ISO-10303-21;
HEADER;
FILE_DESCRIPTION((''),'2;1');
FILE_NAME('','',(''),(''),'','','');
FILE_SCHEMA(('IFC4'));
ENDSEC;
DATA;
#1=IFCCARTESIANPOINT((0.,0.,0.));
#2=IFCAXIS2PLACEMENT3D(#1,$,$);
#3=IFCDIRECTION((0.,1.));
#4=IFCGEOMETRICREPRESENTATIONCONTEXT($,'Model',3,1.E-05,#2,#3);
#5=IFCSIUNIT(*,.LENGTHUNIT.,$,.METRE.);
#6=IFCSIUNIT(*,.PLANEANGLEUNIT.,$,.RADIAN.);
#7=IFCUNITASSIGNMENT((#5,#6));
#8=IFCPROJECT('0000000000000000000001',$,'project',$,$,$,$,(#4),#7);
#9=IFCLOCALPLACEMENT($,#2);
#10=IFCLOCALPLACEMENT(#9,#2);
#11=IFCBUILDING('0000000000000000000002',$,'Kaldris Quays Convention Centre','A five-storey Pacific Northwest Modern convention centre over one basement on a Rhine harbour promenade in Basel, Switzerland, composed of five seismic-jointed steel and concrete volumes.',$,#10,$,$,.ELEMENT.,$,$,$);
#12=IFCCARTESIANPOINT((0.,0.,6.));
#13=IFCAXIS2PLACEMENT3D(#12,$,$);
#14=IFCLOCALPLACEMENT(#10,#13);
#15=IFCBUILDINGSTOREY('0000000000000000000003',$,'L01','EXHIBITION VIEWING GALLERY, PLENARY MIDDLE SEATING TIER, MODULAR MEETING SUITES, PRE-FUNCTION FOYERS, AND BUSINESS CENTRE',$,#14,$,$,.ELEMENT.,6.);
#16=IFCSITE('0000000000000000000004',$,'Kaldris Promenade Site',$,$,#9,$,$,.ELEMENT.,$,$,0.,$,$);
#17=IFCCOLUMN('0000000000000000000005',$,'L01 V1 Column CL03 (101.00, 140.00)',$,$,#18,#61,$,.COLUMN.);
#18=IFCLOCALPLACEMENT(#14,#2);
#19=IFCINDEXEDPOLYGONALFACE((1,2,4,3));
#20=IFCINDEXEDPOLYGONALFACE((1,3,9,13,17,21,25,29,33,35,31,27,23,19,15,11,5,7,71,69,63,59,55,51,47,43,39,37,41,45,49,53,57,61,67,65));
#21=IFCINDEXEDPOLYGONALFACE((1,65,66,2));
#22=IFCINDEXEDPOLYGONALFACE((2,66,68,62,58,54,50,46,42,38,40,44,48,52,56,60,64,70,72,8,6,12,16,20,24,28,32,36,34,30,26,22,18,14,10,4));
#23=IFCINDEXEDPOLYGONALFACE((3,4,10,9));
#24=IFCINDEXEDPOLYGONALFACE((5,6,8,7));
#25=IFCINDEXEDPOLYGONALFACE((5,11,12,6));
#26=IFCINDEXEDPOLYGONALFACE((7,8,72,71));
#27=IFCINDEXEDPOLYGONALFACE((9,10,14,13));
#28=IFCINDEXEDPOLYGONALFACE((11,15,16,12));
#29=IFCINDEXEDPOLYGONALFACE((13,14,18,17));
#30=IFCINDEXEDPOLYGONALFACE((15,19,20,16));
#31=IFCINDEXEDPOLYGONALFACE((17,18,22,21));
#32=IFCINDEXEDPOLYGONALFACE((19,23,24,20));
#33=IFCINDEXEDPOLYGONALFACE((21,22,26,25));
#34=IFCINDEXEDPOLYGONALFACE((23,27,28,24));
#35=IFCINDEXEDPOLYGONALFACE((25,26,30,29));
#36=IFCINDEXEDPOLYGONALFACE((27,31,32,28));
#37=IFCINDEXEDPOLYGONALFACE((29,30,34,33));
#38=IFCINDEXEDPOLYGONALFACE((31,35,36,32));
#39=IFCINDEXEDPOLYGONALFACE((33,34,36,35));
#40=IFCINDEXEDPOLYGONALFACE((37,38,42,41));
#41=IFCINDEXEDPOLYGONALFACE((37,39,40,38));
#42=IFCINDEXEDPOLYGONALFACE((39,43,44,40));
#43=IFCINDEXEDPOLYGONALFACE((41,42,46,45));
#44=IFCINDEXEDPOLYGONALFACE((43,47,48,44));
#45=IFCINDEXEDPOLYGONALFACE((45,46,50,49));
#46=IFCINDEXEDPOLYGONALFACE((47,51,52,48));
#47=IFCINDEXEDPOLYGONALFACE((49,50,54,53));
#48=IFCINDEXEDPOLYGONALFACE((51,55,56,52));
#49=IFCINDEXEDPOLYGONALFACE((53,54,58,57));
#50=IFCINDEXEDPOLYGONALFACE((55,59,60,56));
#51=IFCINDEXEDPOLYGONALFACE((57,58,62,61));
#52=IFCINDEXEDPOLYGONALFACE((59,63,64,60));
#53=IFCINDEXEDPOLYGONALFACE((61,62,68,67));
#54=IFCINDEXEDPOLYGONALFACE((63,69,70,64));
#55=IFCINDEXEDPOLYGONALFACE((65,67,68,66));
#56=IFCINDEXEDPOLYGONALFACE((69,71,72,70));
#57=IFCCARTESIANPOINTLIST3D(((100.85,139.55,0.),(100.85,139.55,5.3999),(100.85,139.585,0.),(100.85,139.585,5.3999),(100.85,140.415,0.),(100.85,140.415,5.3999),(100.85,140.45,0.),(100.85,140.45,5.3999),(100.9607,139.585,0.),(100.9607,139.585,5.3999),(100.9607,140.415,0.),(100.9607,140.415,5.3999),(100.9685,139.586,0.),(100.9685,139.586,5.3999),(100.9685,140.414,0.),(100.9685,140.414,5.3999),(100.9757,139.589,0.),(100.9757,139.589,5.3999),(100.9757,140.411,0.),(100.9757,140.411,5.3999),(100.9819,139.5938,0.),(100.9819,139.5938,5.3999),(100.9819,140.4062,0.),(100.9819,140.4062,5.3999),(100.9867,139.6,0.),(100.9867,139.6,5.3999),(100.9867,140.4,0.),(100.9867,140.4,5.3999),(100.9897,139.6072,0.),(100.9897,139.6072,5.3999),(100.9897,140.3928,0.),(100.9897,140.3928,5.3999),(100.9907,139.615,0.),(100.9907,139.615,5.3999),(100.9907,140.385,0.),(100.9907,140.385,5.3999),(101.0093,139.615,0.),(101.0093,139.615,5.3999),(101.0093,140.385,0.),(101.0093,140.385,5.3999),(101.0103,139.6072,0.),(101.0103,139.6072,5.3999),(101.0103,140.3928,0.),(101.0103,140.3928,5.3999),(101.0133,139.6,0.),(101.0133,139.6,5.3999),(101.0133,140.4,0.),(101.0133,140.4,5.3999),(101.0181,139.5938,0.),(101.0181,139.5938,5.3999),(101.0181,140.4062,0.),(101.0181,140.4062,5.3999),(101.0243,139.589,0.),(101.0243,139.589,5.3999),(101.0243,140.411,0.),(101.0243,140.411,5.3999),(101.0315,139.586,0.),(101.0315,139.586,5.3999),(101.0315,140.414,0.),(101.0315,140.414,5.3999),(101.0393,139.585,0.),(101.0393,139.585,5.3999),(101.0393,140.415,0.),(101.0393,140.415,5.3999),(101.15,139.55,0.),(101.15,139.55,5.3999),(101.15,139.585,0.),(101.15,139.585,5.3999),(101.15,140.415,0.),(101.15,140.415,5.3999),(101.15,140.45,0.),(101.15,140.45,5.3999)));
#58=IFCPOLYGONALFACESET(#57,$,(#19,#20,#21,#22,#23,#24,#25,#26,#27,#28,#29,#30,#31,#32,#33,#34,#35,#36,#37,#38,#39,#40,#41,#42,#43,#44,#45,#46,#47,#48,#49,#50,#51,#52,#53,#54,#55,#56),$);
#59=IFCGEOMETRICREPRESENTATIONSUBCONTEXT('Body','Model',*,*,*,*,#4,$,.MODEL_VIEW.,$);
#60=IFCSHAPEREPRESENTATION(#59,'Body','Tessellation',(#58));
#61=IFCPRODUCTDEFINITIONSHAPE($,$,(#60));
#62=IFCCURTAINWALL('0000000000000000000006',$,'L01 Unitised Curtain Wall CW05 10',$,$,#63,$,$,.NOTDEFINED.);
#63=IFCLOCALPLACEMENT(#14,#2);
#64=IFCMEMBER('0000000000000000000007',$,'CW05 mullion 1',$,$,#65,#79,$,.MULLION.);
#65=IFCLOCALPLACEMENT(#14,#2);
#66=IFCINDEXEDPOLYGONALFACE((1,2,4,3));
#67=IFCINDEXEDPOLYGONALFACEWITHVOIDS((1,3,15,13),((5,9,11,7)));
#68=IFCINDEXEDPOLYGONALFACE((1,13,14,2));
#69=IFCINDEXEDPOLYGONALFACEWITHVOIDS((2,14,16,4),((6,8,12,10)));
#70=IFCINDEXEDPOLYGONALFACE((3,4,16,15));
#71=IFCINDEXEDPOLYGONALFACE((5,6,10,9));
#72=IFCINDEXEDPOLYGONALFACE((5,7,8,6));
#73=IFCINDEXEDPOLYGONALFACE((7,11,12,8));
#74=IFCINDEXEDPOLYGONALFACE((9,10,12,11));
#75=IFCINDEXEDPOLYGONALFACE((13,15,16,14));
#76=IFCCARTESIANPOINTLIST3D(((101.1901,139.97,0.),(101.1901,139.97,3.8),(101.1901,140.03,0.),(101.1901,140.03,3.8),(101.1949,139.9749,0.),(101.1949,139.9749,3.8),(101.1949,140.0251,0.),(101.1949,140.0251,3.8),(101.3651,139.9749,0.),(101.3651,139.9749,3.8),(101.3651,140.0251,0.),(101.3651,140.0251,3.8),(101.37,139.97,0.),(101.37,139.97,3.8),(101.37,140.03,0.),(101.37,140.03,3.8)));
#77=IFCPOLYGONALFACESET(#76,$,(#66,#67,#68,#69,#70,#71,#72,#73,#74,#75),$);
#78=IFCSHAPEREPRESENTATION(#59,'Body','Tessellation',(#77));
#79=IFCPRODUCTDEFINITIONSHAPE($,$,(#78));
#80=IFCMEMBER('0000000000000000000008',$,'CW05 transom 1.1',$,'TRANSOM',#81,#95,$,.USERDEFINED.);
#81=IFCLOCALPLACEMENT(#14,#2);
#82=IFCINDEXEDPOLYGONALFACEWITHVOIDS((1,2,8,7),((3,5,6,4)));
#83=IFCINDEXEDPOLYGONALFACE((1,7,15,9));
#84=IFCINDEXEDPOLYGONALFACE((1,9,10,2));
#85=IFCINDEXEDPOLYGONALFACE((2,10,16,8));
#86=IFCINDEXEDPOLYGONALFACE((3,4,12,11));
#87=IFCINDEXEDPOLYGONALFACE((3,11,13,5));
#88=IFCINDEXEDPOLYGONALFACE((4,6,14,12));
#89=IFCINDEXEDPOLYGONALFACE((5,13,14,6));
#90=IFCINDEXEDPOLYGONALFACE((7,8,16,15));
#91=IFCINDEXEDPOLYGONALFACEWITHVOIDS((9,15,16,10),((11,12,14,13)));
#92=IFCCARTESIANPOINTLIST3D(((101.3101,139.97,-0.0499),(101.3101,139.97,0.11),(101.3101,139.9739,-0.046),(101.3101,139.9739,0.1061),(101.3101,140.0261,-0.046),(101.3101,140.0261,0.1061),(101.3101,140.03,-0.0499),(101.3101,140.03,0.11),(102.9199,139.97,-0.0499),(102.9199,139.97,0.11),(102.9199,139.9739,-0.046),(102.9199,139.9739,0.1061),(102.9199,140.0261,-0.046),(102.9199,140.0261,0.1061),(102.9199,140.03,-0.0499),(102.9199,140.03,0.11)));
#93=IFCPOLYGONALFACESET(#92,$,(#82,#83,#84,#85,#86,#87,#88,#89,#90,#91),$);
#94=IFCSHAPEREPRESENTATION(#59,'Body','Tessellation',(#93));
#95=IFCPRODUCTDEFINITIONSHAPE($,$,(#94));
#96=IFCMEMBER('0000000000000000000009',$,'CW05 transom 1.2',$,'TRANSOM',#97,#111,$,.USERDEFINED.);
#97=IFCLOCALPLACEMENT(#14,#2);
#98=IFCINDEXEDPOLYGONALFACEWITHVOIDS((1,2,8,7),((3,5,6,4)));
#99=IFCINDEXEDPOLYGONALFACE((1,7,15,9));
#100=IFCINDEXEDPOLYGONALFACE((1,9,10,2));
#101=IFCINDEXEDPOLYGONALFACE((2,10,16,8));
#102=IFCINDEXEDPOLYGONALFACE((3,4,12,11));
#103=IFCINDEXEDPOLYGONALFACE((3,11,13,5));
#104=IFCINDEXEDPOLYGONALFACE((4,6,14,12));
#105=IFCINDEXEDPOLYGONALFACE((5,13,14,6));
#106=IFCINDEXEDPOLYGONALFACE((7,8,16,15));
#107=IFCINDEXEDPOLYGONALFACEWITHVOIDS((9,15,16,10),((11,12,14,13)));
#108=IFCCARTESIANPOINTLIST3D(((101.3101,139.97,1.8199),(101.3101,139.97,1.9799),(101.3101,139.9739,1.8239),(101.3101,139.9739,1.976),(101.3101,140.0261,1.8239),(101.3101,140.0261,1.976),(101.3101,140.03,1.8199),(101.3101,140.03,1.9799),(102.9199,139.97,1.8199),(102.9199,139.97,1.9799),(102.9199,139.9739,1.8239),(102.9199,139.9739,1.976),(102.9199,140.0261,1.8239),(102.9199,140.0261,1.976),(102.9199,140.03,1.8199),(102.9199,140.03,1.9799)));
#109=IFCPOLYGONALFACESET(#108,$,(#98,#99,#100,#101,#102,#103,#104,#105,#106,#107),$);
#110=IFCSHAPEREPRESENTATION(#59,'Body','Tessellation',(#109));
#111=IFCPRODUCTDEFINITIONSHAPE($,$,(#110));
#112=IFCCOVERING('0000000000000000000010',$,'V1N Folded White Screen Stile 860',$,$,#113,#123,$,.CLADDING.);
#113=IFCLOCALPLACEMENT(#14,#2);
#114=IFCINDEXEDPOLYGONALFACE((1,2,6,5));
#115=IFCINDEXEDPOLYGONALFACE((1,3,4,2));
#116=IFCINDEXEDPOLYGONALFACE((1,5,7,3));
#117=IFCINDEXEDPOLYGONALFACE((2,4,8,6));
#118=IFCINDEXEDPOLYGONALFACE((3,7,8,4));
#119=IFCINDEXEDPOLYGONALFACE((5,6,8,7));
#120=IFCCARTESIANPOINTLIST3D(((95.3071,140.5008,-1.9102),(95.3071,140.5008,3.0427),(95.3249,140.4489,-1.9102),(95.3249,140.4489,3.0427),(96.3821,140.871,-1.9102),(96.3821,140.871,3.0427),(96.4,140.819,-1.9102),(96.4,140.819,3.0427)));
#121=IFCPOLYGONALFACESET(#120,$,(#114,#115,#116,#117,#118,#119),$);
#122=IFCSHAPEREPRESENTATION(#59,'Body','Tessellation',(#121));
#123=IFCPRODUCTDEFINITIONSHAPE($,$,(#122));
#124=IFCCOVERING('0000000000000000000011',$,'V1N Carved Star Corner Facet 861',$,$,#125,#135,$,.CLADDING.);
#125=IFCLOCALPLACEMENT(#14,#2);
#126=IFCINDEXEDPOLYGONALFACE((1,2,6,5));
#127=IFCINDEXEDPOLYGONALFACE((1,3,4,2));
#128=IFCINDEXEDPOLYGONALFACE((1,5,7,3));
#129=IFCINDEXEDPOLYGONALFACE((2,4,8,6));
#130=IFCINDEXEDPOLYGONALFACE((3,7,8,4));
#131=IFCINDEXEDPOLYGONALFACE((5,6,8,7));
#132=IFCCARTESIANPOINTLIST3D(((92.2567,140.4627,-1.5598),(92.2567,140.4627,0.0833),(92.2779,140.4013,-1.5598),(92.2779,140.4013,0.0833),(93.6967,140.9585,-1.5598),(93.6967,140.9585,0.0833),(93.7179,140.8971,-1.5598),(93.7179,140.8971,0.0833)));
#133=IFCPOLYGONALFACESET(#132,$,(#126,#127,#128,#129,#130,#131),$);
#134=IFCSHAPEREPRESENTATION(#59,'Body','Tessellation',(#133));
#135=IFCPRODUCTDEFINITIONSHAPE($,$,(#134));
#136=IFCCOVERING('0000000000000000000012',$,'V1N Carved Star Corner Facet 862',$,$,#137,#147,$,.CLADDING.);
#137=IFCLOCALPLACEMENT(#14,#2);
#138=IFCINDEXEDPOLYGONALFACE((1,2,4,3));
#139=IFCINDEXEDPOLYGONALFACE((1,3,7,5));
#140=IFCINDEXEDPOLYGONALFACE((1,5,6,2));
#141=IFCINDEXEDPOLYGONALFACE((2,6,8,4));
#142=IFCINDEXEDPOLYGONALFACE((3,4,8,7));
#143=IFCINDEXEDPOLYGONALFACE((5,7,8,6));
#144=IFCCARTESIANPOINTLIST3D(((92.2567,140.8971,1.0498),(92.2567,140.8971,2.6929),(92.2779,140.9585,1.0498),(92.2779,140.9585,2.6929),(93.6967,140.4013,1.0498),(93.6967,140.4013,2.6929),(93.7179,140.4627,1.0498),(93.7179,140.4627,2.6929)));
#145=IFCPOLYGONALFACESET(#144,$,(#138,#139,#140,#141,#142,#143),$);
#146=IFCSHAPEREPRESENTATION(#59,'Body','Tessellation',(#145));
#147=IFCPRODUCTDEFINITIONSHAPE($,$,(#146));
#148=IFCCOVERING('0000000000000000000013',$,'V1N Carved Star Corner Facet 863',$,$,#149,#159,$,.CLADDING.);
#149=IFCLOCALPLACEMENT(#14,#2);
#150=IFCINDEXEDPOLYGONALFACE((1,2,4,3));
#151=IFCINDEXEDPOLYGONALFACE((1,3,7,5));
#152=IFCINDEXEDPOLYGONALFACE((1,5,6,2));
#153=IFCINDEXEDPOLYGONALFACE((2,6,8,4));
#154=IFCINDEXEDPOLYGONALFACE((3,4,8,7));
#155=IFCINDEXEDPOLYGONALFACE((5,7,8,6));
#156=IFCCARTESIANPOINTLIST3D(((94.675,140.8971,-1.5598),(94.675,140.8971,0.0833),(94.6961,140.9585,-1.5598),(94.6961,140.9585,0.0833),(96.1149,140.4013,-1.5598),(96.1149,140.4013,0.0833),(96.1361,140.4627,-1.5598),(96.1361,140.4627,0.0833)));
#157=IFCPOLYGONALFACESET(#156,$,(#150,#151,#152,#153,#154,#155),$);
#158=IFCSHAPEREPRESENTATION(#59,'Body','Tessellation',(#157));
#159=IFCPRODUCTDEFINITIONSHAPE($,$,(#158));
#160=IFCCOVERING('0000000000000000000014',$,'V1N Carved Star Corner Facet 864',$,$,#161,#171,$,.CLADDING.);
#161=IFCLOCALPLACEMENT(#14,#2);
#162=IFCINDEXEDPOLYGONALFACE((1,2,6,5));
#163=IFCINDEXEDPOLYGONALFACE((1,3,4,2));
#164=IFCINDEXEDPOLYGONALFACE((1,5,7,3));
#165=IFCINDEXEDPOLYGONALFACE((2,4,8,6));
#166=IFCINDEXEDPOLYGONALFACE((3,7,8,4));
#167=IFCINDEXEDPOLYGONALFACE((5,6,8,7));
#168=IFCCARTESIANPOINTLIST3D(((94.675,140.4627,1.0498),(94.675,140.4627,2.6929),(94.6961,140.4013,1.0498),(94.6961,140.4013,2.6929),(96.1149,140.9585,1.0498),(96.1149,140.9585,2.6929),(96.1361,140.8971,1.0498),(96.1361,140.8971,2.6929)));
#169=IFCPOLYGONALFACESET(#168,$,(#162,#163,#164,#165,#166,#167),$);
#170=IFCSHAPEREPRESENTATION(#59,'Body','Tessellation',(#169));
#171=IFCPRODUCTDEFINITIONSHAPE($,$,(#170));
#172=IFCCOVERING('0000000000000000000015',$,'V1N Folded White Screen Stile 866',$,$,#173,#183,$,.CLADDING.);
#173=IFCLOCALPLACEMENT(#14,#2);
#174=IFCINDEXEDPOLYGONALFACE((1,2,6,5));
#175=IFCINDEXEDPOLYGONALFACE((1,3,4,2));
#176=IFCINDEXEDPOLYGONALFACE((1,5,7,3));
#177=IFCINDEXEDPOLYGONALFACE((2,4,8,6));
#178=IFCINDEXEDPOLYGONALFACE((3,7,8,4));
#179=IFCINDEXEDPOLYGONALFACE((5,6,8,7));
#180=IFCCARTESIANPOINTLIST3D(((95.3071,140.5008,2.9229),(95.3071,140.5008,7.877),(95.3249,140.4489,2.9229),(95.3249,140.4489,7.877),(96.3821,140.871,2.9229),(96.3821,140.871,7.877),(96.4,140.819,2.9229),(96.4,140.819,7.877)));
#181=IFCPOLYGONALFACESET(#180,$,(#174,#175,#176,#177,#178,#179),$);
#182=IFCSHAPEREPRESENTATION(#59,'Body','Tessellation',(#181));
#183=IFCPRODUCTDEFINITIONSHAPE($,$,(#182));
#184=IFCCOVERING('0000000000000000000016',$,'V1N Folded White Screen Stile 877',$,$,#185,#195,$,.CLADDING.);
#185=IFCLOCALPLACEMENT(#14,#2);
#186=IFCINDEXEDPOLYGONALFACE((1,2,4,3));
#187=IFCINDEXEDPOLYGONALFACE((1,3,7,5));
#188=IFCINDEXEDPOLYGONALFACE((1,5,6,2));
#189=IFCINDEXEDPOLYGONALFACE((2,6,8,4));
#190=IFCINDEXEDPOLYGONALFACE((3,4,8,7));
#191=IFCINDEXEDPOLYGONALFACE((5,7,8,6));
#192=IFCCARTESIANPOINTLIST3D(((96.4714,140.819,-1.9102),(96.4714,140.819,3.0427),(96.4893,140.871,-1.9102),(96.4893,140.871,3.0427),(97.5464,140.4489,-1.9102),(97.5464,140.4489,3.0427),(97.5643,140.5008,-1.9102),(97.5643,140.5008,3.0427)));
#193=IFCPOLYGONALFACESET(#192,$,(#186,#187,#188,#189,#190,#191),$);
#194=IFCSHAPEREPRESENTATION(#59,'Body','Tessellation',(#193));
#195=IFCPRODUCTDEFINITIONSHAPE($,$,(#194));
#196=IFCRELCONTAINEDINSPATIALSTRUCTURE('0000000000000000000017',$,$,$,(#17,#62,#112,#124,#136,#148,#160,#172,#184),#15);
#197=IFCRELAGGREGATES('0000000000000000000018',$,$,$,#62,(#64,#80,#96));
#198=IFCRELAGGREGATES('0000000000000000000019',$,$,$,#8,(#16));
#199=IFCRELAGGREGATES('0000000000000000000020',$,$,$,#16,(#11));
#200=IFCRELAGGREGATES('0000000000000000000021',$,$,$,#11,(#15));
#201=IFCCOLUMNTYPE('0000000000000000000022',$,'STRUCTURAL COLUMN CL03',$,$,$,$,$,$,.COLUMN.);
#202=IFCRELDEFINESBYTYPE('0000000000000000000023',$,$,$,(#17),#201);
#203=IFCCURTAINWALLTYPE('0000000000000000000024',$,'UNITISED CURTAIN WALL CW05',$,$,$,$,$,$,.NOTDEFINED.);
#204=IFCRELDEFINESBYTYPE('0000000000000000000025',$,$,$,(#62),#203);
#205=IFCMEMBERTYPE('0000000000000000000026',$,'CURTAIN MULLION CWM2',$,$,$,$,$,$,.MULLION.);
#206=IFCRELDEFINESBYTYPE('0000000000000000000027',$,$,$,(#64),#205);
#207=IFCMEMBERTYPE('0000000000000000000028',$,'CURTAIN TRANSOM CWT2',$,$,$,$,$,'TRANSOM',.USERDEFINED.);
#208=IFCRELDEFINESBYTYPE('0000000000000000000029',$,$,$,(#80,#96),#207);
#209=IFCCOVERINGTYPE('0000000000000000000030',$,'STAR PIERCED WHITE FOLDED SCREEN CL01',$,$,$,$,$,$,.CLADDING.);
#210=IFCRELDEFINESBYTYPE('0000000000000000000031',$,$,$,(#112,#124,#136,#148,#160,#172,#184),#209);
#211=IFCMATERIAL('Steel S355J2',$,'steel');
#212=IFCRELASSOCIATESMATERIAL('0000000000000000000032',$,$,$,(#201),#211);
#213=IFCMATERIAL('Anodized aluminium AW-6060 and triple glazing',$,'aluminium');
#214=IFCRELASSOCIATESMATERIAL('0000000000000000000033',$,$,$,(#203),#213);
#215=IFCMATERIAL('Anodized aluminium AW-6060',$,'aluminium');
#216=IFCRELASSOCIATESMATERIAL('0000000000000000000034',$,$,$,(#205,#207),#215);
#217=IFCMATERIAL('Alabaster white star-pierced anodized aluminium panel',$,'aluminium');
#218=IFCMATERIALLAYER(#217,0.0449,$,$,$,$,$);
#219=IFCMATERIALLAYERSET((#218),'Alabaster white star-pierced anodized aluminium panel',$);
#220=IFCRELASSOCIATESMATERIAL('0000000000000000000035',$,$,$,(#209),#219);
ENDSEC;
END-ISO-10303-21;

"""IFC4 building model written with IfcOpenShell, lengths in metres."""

from ifc_helpers import new_model, si_unit, direction, frame, origin, origin_2d, place, context, subcontext, project, spatial, rectangle, hollow_rectangle, i_section, extrude, material, layer, layer_set, material_profile, profile_set, type_object, element, aggregate, save


model = new_model("IFC4")

# Units and contexts
model_context = context("Model", 3, precision=1e-05, world=origin(), true_north=direction((0.0, 1.0)))
body_context = subcontext(model_context, "Body", "Model", "MODEL_VIEW")
ifc_project = project(units=[si_unit("LENGTHUNIT", "METRE"), si_unit("PLANEANGLEUNIT", "RADIAN")], contexts=[model_context])

# Site, building, storey
site_placement = place(None, origin())
site = spatial("IfcSite", under=ifc_project, at=site_placement, Name="Kaldris Promenade Site", CompositionType="ELEMENT", RefElevation=0.0)
building_placement = place(site_placement, origin())
building = spatial("IfcBuilding", under=site, at=building_placement, Name="Kaldris Quays Convention Centre", Description="A five-storey Pacific Northwest Modern convention centre over one basement on a Rhine harbour promenade in Basel, Switzerland, composed of five seismic-jointed steel and concrete volumes.", CompositionType="ELEMENT")
storey_placement = place(building_placement, frame((0.0, 0.0, 6.0)))
storey = spatial("IfcBuildingStorey", under=building, at=storey_placement, Name="L01", Description="EXHIBITION VIEWING GALLERY, PLENARY MIDDLE SEATING TIER, MODULAR MEETING SUITES, PRE-FUNCTION FOYERS, AND BUSINESS CENTRE", CompositionType="ELEMENT", Elevation=6.0)

# Column
ifc_material_1 = material(Name="Steel S355J2", Category="steel")
ifc_material_profile_1 = material_profile(ifc_material_1, i_section(OverallWidth=0.3, OverallDepth=0.8999, WebThickness=0.0186, FlangeThickness=0.0349, FilletRadius=0.03, at=origin_2d()), Name="HEB 900")
ifc_profile_set_1 = profile_set([ifc_material_profile_1], Name="Steel S355J2")
column_type = type_object("IfcColumnType", Name="STRUCTURAL COLUMN CL03", PredefinedType="COLUMN", material=ifc_profile_set_1)
column_placement = place(storey_placement, frame((101.0, 140.0, 0.0), z_axis=(0.0, 0.0, 1.0), x_axis=(1.0, 0.0, 0.0)))
element("IfcColumn", 1, at=column_placement, inside=storey, type_object=column_type, Name="L01 V1 Column CL03 (101.00, 140.00)", PredefinedType="COLUMN", context=body_context, shape_type="SweptSolid", body=[
    extrude(i_section(OverallWidth=0.3, OverallDepth=0.8999, WebThickness=0.0186, FlangeThickness=0.0349, FilletRadius=0.03, at=origin_2d()), origin(), (0.0, 0.0, 1.0), 5.3999),
])

# Curtain wall, members
ifc_material_2 = material(Name="Anodized aluminium AW-6060 and triple glazing", Category="aluminium")
curtain_wall_type = type_object("IfcCurtainWallType", Name="UNITISED CURTAIN WALL CW05", PredefinedType="NOTDEFINED", material=ifc_material_2)
curtain_wall_placement = place(storey_placement, origin())
curtain_wall = element("IfcCurtainWall", 2, at=curtain_wall_placement, inside=storey, type_object=curtain_wall_type, Name="L01 Unitised Curtain Wall CW05 10", PredefinedType="NOTDEFINED")
ifc_material_3 = material(Name="Anodized aluminium AW-6060", Category="aluminium")
ifc_material_profile_2 = material_profile(ifc_material_3, hollow_rectangle(XDim=0.0601, YDim=0.1799, WallThickness=0.0049, at=origin_2d()), Name="RHS 180x60x5")
ifc_profile_set_2 = profile_set([ifc_material_profile_2], Name="Anodized aluminium AW-6060")
member_type_1 = type_object("IfcMemberType", Name="CURTAIN MULLION CWM2", PredefinedType="MULLION", material=ifc_profile_set_2)
member_1_placement = place(storey_placement, frame((101.28, 140.0, 0.0), z_axis=(0.0, 0.0, 1.0), x_axis=(0.0, 1.0, 0.0)))
member_1 = element("IfcMember", 3, at=member_1_placement, type_object=member_type_1, Name="CW05 mullion 1", PredefinedType="MULLION", context=body_context, shape_type="SweptSolid", body=[
    extrude(hollow_rectangle(XDim=0.0601, YDim=0.1799, WallThickness=0.0049, at=origin_2d()), origin(), (0.0, 0.0, 1.0), 3.8),
])
ifc_material_profile_3 = material_profile(ifc_material_3, hollow_rectangle(XDim=0.0601, YDim=0.1599, WallThickness=0.0039, at=origin_2d()), Name="RHS 160x60x4")
ifc_profile_set_3 = profile_set([ifc_material_profile_3], Name="Anodized aluminium AW-6060")
member_type_2 = type_object("IfcMemberType", Name="CURTAIN TRANSOM CWT2", ElementType="TRANSOM", PredefinedType="USERDEFINED", material=ifc_profile_set_3)
member_2_placement = place(storey_placement, frame((101.3101, 140.0, 0.03), z_axis=(1.0, 0.0, 0.0), x_axis=(0.0, 1.0, 0.0)))
member_2 = element("IfcMember", 4, at=member_2_placement, type_object=member_type_2, Name="CW05 transom 1.1", ObjectType="TRANSOM", PredefinedType="USERDEFINED", context=body_context, shape_type="SweptSolid", body=[
    extrude(hollow_rectangle(XDim=0.0601, YDim=0.1599, WallThickness=0.0039, at=origin_2d()), origin(), (0.0, 0.0, 1.0), 1.6099),
])
member_3_placement = place(storey_placement, frame((101.3101, 140.0, 1.8999), z_axis=(1.0, 0.0, 0.0), x_axis=(0.0, 1.0, 0.0)))
member_3 = element("IfcMember", 5, at=member_3_placement, type_object=member_type_2, Name="CW05 transom 1.2", ObjectType="TRANSOM", PredefinedType="USERDEFINED", context=body_context, shape_type="SweptSolid", body=[
    extrude(hollow_rectangle(XDim=0.0601, YDim=0.1599, WallThickness=0.0039, at=origin_2d()), origin(), (0.0, 0.0, 1.0), 1.6099),
])
aggregate(curtain_wall, [member_1, member_2, member_3])

# Coverings
ifc_material_4 = material(Name="Alabaster white star-pierced anodized aluminium panel", Category="aluminium")
ifc_layer = layer(ifc_material_4, 0.0449)
ifc_layer_set = layer_set([ifc_layer], Name="Alabaster white star-pierced anodized aluminium panel")
covering_type = type_object("IfcCoveringType", Name="STAR PIERCED WHITE FOLDED SCREEN CL01", PredefinedType="CLADDING", material=ifc_layer_set)
covering_1_placement = place(storey_placement, frame((95.8535, 140.6599, -1.9102), z_axis=(0.0, 0.0, 1.0), x_axis=(0.945519, 0.325568, 0.0)))
element("IfcCovering", 6, at=covering_1_placement, inside=storey, type_object=covering_type, Name="V1N Folded White Screen Stile 860", PredefinedType="CLADDING", context=body_context, shape_type="SweptSolid", body=[
    extrude(rectangle(XDim=1.137, YDim=0.0549, at=origin_2d()), origin(), (0.0, 0.0, 1.0), 4.9529),
])
for number, where, z_axis, x_axis, name in (
    (7, (92.9873, 140.6799, -1.5598), (0.0, 0.0, 1.0), (0.945519, 0.325568, 0.0), "V1N Carved Star Corner Facet 861"),
    (8, (92.9873, 140.6799, 1.0498), (0.0, 0.0, 1.0), (0.945519, -0.325568, 0.0), "V1N Carved Star Corner Facet 862"),
    (9, (95.4055, 140.6799, -1.5598), (0.0, 0.0, 1.0), (0.945519, -0.325568, 0.0), "V1N Carved Star Corner Facet 863"),
    (10, (95.4055, 140.6799, 1.0498), (0.0, 0.0, 1.0), (0.945519, 0.325568, 0.0), "V1N Carved Star Corner Facet 864"),
):
    element("IfcCovering", number, at=place(storey_placement, frame(where, z_axis=z_axis, x_axis=x_axis)), inside=storey, type_object=covering_type, Name=name, PredefinedType="CLADDING", context=body_context, shape_type="SweptSolid", body=[
        extrude(rectangle(XDim=1.5229, YDim=0.0649, at=origin_2d()), origin(), (0.0, 0.0, 1.0), 1.6431),
    ])
covering_2_placement = place(storey_placement, frame((95.8535, 140.6599, 2.9229), z_axis=(0.0, 0.0, 1.0), x_axis=(0.945519, 0.325568, 0.0)))
element("IfcCovering", 11, at=covering_2_placement, inside=storey, type_object=covering_type, Name="V1N Folded White Screen Stile 866", PredefinedType="CLADDING", context=body_context, shape_type="SweptSolid", body=[
    extrude(rectangle(XDim=1.137, YDim=0.0549, at=origin_2d()), origin(), (0.0, 0.0, 1.0), 4.9541),
])
for number, where, z_axis, x_axis, name in (
    (12, (97.0178, 140.6599, -1.9102), (0.0, 0.0, 1.0), (0.945519, -0.325568, 0.0), "V1N Folded White Screen Stile 877"),
):
    element("IfcCovering", number, at=place(storey_placement, frame(where, z_axis=z_axis, x_axis=x_axis)), inside=storey, type_object=covering_type, Name=name, PredefinedType="CLADDING", context=body_context, shape_type="SweptSolid", body=[
        extrude(rectangle(XDim=1.137, YDim=0.0549, at=origin_2d()), origin(), (0.0, 0.0, 1.0), 4.9529),
    ])

save(model, "model.ifc")
